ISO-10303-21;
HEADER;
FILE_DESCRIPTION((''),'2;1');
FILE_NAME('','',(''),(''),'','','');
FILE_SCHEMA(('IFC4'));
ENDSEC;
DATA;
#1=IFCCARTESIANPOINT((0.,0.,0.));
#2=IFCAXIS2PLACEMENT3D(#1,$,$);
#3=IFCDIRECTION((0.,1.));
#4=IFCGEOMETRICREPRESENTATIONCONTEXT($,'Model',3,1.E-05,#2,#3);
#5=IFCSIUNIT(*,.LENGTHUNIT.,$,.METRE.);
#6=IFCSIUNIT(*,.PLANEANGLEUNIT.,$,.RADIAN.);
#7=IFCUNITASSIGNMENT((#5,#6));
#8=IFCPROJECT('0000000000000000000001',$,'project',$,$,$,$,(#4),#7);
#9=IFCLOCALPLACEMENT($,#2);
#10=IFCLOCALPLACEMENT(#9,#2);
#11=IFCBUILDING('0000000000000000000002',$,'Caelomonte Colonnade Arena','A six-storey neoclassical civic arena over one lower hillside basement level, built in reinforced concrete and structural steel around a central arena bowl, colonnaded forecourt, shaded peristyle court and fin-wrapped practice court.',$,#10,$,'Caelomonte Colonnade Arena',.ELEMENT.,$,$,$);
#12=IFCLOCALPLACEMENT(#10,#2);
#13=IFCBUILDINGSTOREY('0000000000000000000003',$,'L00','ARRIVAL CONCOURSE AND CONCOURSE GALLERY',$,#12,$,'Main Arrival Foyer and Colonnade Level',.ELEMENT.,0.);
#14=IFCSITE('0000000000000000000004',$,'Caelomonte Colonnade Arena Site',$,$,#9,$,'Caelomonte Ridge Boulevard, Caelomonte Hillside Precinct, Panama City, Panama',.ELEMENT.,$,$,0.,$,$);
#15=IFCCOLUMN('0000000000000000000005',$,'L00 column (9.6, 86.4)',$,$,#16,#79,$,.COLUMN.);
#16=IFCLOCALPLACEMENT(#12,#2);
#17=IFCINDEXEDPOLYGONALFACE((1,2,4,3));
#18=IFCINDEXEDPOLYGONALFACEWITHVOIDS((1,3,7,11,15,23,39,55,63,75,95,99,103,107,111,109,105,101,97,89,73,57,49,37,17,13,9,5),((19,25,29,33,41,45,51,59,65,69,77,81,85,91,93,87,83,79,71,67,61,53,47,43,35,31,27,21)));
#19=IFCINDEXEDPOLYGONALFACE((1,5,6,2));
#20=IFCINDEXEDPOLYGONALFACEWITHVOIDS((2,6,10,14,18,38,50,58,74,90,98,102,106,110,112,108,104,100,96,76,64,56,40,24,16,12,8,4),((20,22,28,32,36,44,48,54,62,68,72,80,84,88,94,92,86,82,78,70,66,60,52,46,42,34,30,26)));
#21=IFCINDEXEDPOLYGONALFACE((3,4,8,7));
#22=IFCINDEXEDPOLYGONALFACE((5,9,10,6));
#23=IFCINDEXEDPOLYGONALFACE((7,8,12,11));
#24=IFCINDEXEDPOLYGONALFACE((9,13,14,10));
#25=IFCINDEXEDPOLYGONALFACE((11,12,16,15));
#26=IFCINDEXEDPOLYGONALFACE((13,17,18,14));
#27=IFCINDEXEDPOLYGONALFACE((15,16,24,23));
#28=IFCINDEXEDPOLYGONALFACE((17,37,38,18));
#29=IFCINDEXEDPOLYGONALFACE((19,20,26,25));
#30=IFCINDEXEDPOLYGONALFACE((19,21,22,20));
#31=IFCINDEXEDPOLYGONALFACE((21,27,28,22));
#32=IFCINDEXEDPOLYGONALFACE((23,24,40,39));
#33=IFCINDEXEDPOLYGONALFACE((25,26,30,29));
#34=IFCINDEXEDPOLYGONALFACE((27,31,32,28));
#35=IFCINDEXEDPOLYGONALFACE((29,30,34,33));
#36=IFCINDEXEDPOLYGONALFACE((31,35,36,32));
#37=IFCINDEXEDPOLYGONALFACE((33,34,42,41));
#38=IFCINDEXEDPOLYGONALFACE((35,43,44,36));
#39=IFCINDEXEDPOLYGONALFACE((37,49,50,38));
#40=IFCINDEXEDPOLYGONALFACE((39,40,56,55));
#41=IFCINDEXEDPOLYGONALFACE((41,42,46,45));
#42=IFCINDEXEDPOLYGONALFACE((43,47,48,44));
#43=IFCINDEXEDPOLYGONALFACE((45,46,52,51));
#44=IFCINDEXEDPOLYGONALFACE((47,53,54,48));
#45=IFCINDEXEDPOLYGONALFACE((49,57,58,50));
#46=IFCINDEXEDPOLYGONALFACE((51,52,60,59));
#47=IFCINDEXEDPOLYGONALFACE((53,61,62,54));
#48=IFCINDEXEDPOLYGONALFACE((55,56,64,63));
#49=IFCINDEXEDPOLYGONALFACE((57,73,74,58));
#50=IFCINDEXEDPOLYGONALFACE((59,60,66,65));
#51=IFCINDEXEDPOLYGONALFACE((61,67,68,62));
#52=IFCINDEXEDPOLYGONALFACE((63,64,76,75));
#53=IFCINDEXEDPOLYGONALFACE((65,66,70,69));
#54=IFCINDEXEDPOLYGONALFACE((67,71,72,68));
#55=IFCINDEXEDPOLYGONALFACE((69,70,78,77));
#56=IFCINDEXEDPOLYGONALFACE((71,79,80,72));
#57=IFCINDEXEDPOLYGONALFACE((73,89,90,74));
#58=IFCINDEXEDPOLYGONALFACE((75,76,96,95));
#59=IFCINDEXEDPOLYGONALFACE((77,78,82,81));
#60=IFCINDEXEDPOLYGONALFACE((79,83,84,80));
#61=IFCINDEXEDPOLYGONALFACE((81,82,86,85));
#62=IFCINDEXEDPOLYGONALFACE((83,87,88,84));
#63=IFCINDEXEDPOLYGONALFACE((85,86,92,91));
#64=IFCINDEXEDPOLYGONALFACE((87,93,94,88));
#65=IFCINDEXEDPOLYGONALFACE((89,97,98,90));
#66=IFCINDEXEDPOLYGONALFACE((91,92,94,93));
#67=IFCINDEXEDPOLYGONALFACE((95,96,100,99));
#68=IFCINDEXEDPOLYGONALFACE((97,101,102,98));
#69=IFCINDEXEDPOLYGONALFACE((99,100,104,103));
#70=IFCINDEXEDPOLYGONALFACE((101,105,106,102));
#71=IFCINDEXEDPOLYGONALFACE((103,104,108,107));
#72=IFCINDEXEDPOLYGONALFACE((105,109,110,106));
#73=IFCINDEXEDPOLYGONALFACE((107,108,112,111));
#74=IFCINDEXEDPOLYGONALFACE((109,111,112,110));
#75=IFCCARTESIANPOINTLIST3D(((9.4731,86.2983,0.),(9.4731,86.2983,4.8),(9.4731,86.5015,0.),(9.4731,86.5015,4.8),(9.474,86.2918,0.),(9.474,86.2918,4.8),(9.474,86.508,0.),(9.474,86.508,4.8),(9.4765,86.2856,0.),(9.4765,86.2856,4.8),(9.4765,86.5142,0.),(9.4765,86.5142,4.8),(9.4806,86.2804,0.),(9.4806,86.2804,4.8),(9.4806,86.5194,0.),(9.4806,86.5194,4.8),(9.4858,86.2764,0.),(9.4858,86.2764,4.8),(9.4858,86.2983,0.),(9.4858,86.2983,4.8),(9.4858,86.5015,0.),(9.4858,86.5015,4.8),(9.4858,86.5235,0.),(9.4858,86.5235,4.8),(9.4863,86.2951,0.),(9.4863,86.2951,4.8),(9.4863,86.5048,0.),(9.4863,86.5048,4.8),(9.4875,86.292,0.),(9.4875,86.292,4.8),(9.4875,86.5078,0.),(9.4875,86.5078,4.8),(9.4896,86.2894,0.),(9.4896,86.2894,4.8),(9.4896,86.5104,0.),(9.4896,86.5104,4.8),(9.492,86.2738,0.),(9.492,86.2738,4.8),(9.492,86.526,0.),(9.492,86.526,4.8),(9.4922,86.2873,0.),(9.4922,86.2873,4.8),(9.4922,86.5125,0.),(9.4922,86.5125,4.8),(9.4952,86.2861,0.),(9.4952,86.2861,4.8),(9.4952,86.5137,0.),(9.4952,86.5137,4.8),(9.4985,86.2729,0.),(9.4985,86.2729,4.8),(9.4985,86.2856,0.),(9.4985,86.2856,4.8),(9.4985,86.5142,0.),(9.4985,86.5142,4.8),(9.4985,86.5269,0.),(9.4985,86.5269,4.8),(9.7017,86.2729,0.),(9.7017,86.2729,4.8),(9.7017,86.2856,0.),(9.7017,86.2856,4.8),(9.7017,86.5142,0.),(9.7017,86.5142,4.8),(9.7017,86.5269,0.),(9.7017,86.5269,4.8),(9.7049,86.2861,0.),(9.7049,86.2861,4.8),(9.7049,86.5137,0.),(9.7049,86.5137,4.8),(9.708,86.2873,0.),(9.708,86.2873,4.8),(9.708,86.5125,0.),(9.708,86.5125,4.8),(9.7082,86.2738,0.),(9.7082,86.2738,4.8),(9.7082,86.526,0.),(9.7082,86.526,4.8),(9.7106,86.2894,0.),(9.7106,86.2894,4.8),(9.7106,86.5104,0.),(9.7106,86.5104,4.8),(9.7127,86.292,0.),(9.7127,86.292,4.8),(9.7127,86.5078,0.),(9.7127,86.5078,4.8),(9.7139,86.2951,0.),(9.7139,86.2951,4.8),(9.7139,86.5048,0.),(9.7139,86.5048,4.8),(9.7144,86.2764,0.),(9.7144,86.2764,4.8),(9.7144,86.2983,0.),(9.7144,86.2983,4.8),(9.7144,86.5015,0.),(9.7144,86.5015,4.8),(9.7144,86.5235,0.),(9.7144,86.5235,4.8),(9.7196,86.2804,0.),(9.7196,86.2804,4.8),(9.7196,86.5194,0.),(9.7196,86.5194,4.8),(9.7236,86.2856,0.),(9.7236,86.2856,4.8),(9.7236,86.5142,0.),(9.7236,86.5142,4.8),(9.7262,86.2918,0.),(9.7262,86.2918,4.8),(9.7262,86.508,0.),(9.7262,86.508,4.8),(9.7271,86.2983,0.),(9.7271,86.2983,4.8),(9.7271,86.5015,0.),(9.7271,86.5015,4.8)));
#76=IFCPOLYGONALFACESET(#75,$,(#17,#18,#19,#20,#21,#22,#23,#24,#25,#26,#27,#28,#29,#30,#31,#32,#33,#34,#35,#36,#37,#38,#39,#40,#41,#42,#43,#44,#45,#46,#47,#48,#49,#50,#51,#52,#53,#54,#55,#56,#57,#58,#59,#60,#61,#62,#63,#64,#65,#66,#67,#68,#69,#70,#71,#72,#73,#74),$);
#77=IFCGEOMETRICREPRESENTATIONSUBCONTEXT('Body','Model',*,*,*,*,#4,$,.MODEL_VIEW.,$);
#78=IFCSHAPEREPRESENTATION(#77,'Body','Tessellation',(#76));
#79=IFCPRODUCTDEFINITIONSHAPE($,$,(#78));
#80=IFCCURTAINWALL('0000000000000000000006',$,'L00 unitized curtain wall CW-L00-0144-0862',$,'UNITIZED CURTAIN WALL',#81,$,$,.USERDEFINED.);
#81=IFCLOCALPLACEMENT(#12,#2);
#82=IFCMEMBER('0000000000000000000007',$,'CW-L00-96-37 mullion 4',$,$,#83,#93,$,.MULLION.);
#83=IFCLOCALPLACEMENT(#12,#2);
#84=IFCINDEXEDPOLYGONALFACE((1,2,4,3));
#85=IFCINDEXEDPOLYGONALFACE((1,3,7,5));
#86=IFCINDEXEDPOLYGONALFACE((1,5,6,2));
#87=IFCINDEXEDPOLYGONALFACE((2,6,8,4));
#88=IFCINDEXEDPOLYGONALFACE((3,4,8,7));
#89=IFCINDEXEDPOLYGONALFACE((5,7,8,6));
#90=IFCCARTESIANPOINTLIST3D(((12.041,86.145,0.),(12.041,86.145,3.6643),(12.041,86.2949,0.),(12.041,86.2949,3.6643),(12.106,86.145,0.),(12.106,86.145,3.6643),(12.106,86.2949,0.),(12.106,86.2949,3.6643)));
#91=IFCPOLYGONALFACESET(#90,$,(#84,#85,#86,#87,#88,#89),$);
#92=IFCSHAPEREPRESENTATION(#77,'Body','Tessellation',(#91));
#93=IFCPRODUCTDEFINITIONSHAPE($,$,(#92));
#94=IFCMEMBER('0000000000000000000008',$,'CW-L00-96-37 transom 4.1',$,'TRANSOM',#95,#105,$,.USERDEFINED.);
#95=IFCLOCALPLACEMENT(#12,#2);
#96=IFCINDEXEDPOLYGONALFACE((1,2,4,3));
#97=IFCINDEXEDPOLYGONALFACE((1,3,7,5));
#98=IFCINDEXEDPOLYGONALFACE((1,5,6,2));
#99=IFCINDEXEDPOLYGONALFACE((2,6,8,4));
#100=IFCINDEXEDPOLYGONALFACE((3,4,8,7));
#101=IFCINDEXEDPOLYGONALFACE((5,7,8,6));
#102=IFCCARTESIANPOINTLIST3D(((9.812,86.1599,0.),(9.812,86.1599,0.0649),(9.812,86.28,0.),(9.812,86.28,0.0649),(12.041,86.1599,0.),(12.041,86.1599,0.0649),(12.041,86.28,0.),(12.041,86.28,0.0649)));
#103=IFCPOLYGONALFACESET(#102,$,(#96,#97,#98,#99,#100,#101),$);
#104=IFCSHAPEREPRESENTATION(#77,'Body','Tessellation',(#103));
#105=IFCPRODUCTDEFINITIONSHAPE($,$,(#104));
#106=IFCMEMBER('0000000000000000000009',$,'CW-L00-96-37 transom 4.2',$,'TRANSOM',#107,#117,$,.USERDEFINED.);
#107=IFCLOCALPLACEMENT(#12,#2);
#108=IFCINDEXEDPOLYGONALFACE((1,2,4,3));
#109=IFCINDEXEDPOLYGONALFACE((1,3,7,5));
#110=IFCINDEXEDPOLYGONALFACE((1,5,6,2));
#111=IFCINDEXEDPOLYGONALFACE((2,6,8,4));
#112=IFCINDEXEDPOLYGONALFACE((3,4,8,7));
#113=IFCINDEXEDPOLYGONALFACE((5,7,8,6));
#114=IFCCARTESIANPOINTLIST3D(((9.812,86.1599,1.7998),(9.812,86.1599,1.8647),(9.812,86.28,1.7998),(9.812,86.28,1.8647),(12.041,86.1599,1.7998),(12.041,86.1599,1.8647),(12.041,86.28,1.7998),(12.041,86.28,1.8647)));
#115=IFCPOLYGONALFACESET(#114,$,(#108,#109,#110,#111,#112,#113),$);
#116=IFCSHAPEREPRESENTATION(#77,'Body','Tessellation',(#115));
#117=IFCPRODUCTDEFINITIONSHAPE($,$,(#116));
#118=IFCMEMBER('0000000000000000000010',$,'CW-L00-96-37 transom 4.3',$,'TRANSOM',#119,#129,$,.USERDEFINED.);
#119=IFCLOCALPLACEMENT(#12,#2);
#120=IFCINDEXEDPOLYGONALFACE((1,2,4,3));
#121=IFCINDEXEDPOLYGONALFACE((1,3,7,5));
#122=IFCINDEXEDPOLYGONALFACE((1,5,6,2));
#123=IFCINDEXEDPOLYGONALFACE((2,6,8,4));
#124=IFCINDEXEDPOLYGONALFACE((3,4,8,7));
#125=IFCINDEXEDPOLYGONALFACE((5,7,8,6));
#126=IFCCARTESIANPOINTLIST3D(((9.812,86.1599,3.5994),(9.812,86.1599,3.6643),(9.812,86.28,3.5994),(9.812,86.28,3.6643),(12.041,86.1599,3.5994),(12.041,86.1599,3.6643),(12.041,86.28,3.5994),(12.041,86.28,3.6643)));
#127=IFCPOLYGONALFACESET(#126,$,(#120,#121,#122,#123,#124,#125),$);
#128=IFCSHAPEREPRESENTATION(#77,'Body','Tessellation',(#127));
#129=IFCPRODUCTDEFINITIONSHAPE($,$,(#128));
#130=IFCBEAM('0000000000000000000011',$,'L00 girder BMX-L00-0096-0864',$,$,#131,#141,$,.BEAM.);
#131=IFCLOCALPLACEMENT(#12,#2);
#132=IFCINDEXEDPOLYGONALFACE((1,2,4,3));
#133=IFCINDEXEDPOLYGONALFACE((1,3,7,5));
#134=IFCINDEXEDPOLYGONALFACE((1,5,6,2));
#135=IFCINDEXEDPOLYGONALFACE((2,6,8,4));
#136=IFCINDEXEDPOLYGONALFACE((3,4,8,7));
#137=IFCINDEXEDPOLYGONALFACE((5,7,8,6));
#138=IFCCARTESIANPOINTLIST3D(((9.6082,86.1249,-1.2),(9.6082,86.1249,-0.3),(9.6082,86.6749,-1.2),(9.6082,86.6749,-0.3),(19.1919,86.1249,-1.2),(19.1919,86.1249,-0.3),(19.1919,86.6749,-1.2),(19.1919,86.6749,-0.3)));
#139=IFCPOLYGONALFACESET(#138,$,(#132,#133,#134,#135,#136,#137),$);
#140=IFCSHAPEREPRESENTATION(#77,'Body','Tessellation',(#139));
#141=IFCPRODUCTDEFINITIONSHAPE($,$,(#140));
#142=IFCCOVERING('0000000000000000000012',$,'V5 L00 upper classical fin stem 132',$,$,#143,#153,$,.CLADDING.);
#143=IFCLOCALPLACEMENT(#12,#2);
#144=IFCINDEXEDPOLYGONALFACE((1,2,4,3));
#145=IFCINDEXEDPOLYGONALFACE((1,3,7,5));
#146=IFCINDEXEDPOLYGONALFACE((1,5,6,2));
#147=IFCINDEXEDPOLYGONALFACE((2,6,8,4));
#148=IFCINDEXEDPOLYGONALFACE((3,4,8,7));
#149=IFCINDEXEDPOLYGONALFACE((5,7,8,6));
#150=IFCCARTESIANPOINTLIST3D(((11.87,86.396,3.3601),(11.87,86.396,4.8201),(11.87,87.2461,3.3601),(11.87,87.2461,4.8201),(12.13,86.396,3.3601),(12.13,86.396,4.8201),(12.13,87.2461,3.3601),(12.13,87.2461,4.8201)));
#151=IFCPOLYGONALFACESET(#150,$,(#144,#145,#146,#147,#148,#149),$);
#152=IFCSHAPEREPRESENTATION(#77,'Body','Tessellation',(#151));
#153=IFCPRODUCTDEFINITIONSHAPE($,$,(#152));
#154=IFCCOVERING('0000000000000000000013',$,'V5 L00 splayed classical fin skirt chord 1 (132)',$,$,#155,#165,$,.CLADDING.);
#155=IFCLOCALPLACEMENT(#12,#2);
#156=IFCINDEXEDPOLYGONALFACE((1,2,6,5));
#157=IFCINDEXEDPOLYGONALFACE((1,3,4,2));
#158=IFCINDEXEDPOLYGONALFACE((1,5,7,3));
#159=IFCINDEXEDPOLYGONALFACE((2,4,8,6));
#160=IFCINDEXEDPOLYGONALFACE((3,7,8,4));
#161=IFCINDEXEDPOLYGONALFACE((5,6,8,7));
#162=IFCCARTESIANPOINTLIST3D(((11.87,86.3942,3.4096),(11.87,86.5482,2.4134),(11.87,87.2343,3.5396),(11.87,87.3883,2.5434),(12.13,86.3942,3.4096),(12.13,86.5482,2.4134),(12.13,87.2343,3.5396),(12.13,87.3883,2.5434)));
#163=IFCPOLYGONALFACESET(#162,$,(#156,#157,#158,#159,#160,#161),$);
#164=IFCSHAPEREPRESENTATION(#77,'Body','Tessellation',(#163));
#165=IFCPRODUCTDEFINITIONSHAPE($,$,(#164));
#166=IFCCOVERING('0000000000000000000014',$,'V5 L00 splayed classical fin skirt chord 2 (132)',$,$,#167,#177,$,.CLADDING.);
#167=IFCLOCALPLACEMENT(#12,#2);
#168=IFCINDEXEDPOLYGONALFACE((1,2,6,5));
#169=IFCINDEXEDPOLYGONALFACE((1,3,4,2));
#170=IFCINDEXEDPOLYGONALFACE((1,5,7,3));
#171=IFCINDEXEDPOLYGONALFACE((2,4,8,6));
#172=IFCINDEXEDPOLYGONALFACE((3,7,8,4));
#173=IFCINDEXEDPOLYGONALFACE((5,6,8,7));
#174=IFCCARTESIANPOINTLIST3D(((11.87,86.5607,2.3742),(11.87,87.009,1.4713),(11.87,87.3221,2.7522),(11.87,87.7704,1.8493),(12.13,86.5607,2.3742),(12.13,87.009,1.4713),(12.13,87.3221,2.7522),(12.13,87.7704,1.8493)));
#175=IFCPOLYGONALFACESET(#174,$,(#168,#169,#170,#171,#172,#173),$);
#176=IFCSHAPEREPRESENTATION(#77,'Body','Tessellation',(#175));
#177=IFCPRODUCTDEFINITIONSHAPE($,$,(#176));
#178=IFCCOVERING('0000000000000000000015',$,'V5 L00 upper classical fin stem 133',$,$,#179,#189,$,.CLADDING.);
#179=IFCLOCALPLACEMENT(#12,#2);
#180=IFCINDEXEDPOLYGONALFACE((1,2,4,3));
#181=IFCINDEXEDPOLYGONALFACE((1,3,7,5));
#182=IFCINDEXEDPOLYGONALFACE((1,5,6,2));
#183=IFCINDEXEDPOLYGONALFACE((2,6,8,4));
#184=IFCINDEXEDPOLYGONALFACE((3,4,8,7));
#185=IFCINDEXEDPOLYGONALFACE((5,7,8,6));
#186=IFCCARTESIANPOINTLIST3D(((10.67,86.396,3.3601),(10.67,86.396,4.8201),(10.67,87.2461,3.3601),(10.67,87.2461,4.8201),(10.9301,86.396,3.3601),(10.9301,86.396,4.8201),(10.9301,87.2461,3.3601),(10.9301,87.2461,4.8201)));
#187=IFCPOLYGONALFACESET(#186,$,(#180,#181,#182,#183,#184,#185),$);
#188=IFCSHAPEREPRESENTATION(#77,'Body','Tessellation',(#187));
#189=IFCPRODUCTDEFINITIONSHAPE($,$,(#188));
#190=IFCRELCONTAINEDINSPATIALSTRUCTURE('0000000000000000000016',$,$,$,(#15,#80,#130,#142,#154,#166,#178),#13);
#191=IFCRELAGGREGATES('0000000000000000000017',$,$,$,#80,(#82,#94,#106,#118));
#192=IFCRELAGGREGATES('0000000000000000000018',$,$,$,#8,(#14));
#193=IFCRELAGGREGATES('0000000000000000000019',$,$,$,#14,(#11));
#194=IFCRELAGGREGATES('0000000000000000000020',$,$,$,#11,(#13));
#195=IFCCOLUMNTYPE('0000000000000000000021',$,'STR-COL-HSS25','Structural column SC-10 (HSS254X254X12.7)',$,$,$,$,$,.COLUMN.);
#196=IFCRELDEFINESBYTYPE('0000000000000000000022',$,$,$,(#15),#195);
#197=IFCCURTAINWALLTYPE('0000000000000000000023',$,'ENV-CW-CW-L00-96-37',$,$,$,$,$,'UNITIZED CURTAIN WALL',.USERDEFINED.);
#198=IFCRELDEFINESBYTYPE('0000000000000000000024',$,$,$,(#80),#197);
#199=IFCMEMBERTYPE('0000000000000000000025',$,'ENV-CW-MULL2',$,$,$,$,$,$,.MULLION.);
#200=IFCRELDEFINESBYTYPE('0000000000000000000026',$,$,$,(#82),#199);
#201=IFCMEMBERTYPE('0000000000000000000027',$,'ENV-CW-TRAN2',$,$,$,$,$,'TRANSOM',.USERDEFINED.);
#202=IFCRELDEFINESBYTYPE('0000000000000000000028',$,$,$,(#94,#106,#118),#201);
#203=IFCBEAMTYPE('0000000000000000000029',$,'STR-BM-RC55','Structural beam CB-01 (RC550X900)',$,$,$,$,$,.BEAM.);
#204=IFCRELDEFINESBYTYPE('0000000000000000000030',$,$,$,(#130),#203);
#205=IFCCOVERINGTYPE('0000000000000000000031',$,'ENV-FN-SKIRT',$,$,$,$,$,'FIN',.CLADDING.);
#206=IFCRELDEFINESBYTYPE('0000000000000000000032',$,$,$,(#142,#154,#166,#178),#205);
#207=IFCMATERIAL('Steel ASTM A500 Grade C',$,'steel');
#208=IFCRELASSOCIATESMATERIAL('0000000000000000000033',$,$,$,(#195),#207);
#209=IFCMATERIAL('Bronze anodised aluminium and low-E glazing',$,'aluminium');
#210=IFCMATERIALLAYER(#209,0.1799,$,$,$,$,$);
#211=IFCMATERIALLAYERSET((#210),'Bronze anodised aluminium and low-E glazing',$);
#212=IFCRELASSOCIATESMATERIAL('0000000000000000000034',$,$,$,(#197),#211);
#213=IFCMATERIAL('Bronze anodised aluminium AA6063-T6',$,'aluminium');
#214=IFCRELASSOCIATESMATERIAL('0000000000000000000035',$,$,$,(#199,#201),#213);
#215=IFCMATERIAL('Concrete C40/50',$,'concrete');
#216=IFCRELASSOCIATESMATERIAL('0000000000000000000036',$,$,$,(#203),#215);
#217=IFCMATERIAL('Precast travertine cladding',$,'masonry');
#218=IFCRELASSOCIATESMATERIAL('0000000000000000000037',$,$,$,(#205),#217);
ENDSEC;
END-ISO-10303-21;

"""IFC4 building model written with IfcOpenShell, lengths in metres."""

from ifc_helpers import new_model, si_unit, direction, frame, origin, origin_2d, place, context, subcontext, project, spatial, rectangle, hollow_rectangle, extrude, material, layer, layer_set, material_profile, profile_set, type_object, element, aggregate, save


model = new_model("IFC4")

# Units and contexts
model_context = context("Model", 3, precision=1e-05, world=origin(), true_north=direction((0.0, 1.0)))
body_context = subcontext(model_context, "Body", "Model", "MODEL_VIEW")
ifc_project = project(units=[si_unit("LENGTHUNIT", "METRE"), si_unit("PLANEANGLEUNIT", "RADIAN")], contexts=[model_context])

# Site, building, storey
site_placement = place(None, origin())
site = spatial("IfcSite", under=ifc_project, at=site_placement, Name="Caelomonte Colonnade Arena Site", LongName="Caelomonte Ridge Boulevard, Caelomonte Hillside Precinct, Panama City, Panama", CompositionType="ELEMENT", RefElevation=0.0)
building_placement = place(site_placement, origin())
building = spatial("IfcBuilding", under=site, at=building_placement, Name="Caelomonte Colonnade Arena", Description="A six-storey neoclassical civic arena over one lower hillside basement level, built in reinforced concrete and structural steel around a central arena bowl, colonnaded forecourt, shaded peristyle court and fin-wrapped practice court.", LongName="Caelomonte Colonnade Arena", CompositionType="ELEMENT")
storey_placement = place(building_placement, origin())
storey = spatial("IfcBuildingStorey", under=building, at=storey_placement, Name="L00", Description="ARRIVAL CONCOURSE AND CONCOURSE GALLERY", LongName="Main Arrival Foyer and Colonnade Level", CompositionType="ELEMENT", Elevation=0.0)

# Column
ifc_material_1 = material(Name="Steel ASTM A500 Grade C", Category="steel")
ifc_material_profile_1 = material_profile(ifc_material_1, hollow_rectangle(XDim=0.2539, YDim=0.2539, WallThickness=0.0127, InnerFilletRadius=0.0127, OuterFilletRadius=0.0254, at=origin_2d()), Name="HSS254X254X12.7")
ifc_profile_set_1 = profile_set([ifc_material_profile_1], Name="Steel ASTM A500 Grade C")
column_type = type_object("IfcColumnType", Name="STR-COL-HSS25", Description="Structural column SC-10 (HSS254X254X12.7)", PredefinedType="COLUMN", material=ifc_profile_set_1)
column_placement = place(storey_placement, frame((9.6001, 86.3999, 0.0), z_axis=(0.0, 0.0, 1.0), x_axis=(1.0, 0.0, 0.0)))
element("IfcColumn", 1, at=column_placement, inside=storey, type_object=column_type, Name="L00 column (9.6, 86.4)", PredefinedType="COLUMN", context=body_context, shape_type="SweptSolid", body=[
    extrude(hollow_rectangle(XDim=0.2539, YDim=0.2539, WallThickness=0.0127, InnerFilletRadius=0.0127, OuterFilletRadius=0.0254, at=origin_2d()), origin(), (0.0, 0.0, 1.0), 4.8),
])

# Curtain wall, members
ifc_material_2 = material(Name="Bronze anodised aluminium and low-E glazing", Category="aluminium")
ifc_layer = layer(ifc_material_2, 0.1799)
ifc_layer_set = layer_set([ifc_layer], Name="Bronze anodised aluminium and low-E glazing")
curtain_wall_type = type_object("IfcCurtainWallType", Name="ENV-CW-CW-L00-96-37", ElementType="UNITIZED CURTAIN WALL", PredefinedType="USERDEFINED", material=ifc_layer_set)
curtain_wall_placement = place(storey_placement, origin())
curtain_wall = element("IfcCurtainWall", 2, at=curtain_wall_placement, inside=storey, type_object=curtain_wall_type, Name="L00 unitized curtain wall CW-L00-0144-0862", ObjectType="UNITIZED CURTAIN WALL", PredefinedType="USERDEFINED")
ifc_material_3 = material(Name="Bronze anodised aluminium AA6063-T6", Category="aluminium")
ifc_material_profile_2 = material_profile(ifc_material_3, rectangle(XDim=0.0649, YDim=0.1499, at=origin_2d()), Name="CWM-65X150")
ifc_profile_set_2 = profile_set([ifc_material_profile_2], Name="Bronze anodised aluminium AA6063-T6")
member_type_1 = type_object("IfcMemberType", Name="ENV-CW-MULL2", PredefinedType="MULLION", material=ifc_profile_set_2)
member_1_placement = place(storey_placement, frame((12.0735, 86.22, 0.0), z_axis=(0.0, 0.0, 1.0), x_axis=(-1.0, 0.0, 0.0)))
member_1 = element("IfcMember", 3, at=member_1_placement, type_object=member_type_1, Name="CW-L00-96-37 mullion 4", PredefinedType="MULLION", context=body_context, shape_type="SweptSolid", body=[
    extrude(rectangle(XDim=0.0649, YDim=0.1499, at=origin_2d()), origin(), (0.0, 0.0, 1.0), 3.6643),
])
ifc_material_profile_3 = material_profile(ifc_material_3, rectangle(XDim=0.0649, YDim=0.1201, at=origin_2d()), Name="CWT-65X120")
ifc_profile_set_3 = profile_set([ifc_material_profile_3], Name="Bronze anodised aluminium AA6063-T6")
member_type_2 = type_object("IfcMemberType", Name="ENV-CW-TRAN2", ElementType="TRANSOM", PredefinedType="USERDEFINED", material=ifc_profile_set_3)
member_2_placement = place(storey_placement, frame((12.041, 86.22, 0.0325), z_axis=(-1.0, 0.0, 0.0), x_axis=(0.0, 0.0, 1.0)))
member_2 = element("IfcMember", 4, at=member_2_placement, type_object=member_type_2, Name="CW-L00-96-37 transom 4.1", ObjectType="TRANSOM", PredefinedType="USERDEFINED", context=body_context, shape_type="SweptSolid", body=[
    extrude(rectangle(XDim=0.0649, YDim=0.1201, at=origin_2d()), origin(), (0.0, 0.0, 1.0), 2.229),
])
member_3_placement = place(storey_placement, frame((12.041, 86.22, 1.8323), z_axis=(-1.0, 0.0, 0.0), x_axis=(0.0, 0.0, 1.0)))
member_3 = element("IfcMember", 5, at=member_3_placement, type_object=member_type_2, Name="CW-L00-96-37 transom 4.2", ObjectType="TRANSOM", PredefinedType="USERDEFINED", context=body_context, shape_type="SweptSolid", body=[
    extrude(rectangle(XDim=0.0649, YDim=0.1201, at=origin_2d()), origin(), (0.0, 0.0, 1.0), 2.229),
])
member_4_placement = place(storey_placement, frame((12.041, 86.22, 3.6318), z_axis=(-1.0, 0.0, 0.0), x_axis=(0.0, 0.0, 1.0)))
member_4 = element("IfcMember", 6, at=member_4_placement, type_object=member_type_2, Name="CW-L00-96-37 transom 4.3", ObjectType="TRANSOM", PredefinedType="USERDEFINED", context=body_context, shape_type="SweptSolid", body=[
    extrude(rectangle(XDim=0.0649, YDim=0.1201, at=origin_2d()), origin(), (0.0, 0.0, 1.0), 2.229),
])
aggregate(curtain_wall, [member_1, member_2, member_3, member_4])

# Beam
ifc_material_4 = material(Name="Concrete C40/50", Category="concrete")
ifc_material_profile_4 = material_profile(ifc_material_4, rectangle(XDim=0.55, YDim=0.8999, at=origin_2d()), Name="RC550X900")
ifc_profile_set_4 = profile_set([ifc_material_profile_4], Name="Concrete C40/50")
beam_type = type_object("IfcBeamType", Name="STR-BM-RC55", Description="Structural beam CB-01 (RC550X900)", PredefinedType="BEAM", material=ifc_profile_set_4)
beam_placement = place(storey_placement, frame((9.6082, 86.3999, -0.75), z_axis=(1.0, 0.0, 0.0), x_axis=(0.0, 1.0, 0.0)))
element("IfcBeam", 7, at=beam_placement, inside=storey, type_object=beam_type, Name="L00 girder BMX-L00-0096-0864", PredefinedType="BEAM", context=body_context, shape_type="SweptSolid", body=[
    extrude(rectangle(XDim=0.55, YDim=0.8999, at=origin_2d()), origin(), (0.0, 0.0, 1.0), 9.5837),
])

# Coverings
ifc_material_5 = material(Name="Precast travertine cladding", Category="masonry")
ifc_material_profile_5 = material_profile(ifc_material_5, rectangle(XDim=0.26, YDim=0.8501, at=origin_2d()), Name="FIN260X850")
ifc_profile_set_5 = profile_set([ifc_material_profile_5], Name="Precast travertine cladding")
covering_type = type_object("IfcCoveringType", Name="ENV-FN-SKIRT", ElementType="FIN", PredefinedType="CLADDING", material=ifc_profile_set_5)
covering_1_placement = place(storey_placement, frame((12.0, 86.821, 3.3601), z_axis=(0.0, 0.0, 1.0), x_axis=(1.0, 0.0, 0.0)))
element("IfcCovering", 8, at=covering_1_placement, inside=storey, type_object=covering_type, Name="V5 L00 upper classical fin stem 132", PredefinedType="CLADDING", context=body_context, shape_type="SweptSolid", body=[
    extrude(rectangle(XDim=0.26, YDim=0.8501, at=origin_2d()), origin(), (0.0, 0.0, 1.0), 1.46),
])
for number, where, z_axis, x_axis, name in (
    (9, (12.0, 86.8142, 3.4746), (0.0, 0.15284, -0.988251), (-1.0, 0.0, 0.0), "V5 L00 splayed classical fin skirt chord 1 (132)"),
    (10, (12.0, 86.9414, 2.5632), (0.0, 0.444693, -0.895683), (-1.0, 0.0, 0.0), "V5 L00 splayed classical fin skirt chord 2 (132)"),
):
    element("IfcCovering", number, at=place(storey_placement, frame(where, z_axis=z_axis, x_axis=x_axis)), inside=storey, type_object=covering_type, Name=name, PredefinedType="CLADDING", context=body_context, shape_type="SweptSolid", body=[
        extrude(rectangle(XDim=0.26, YDim=0.8501, at=origin_2d()), origin(), (0.0, 0.0, 1.0), 1.0081),
    ])
covering_2_placement = place(storey_placement, frame((10.8, 86.821, 3.3601), z_axis=(0.0, 0.0, 1.0), x_axis=(1.0, 0.0, 0.0)))
element("IfcCovering", 11, at=covering_2_placement, inside=storey, type_object=covering_type, Name="V5 L00 upper classical fin stem 133", PredefinedType="CLADDING", context=body_context, shape_type="SweptSolid", body=[
    extrude(rectangle(XDim=0.26, YDim=0.8501, at=origin_2d()), origin(), (0.0, 0.0, 1.0), 1.46),
])

save(model, "model.ifc")
